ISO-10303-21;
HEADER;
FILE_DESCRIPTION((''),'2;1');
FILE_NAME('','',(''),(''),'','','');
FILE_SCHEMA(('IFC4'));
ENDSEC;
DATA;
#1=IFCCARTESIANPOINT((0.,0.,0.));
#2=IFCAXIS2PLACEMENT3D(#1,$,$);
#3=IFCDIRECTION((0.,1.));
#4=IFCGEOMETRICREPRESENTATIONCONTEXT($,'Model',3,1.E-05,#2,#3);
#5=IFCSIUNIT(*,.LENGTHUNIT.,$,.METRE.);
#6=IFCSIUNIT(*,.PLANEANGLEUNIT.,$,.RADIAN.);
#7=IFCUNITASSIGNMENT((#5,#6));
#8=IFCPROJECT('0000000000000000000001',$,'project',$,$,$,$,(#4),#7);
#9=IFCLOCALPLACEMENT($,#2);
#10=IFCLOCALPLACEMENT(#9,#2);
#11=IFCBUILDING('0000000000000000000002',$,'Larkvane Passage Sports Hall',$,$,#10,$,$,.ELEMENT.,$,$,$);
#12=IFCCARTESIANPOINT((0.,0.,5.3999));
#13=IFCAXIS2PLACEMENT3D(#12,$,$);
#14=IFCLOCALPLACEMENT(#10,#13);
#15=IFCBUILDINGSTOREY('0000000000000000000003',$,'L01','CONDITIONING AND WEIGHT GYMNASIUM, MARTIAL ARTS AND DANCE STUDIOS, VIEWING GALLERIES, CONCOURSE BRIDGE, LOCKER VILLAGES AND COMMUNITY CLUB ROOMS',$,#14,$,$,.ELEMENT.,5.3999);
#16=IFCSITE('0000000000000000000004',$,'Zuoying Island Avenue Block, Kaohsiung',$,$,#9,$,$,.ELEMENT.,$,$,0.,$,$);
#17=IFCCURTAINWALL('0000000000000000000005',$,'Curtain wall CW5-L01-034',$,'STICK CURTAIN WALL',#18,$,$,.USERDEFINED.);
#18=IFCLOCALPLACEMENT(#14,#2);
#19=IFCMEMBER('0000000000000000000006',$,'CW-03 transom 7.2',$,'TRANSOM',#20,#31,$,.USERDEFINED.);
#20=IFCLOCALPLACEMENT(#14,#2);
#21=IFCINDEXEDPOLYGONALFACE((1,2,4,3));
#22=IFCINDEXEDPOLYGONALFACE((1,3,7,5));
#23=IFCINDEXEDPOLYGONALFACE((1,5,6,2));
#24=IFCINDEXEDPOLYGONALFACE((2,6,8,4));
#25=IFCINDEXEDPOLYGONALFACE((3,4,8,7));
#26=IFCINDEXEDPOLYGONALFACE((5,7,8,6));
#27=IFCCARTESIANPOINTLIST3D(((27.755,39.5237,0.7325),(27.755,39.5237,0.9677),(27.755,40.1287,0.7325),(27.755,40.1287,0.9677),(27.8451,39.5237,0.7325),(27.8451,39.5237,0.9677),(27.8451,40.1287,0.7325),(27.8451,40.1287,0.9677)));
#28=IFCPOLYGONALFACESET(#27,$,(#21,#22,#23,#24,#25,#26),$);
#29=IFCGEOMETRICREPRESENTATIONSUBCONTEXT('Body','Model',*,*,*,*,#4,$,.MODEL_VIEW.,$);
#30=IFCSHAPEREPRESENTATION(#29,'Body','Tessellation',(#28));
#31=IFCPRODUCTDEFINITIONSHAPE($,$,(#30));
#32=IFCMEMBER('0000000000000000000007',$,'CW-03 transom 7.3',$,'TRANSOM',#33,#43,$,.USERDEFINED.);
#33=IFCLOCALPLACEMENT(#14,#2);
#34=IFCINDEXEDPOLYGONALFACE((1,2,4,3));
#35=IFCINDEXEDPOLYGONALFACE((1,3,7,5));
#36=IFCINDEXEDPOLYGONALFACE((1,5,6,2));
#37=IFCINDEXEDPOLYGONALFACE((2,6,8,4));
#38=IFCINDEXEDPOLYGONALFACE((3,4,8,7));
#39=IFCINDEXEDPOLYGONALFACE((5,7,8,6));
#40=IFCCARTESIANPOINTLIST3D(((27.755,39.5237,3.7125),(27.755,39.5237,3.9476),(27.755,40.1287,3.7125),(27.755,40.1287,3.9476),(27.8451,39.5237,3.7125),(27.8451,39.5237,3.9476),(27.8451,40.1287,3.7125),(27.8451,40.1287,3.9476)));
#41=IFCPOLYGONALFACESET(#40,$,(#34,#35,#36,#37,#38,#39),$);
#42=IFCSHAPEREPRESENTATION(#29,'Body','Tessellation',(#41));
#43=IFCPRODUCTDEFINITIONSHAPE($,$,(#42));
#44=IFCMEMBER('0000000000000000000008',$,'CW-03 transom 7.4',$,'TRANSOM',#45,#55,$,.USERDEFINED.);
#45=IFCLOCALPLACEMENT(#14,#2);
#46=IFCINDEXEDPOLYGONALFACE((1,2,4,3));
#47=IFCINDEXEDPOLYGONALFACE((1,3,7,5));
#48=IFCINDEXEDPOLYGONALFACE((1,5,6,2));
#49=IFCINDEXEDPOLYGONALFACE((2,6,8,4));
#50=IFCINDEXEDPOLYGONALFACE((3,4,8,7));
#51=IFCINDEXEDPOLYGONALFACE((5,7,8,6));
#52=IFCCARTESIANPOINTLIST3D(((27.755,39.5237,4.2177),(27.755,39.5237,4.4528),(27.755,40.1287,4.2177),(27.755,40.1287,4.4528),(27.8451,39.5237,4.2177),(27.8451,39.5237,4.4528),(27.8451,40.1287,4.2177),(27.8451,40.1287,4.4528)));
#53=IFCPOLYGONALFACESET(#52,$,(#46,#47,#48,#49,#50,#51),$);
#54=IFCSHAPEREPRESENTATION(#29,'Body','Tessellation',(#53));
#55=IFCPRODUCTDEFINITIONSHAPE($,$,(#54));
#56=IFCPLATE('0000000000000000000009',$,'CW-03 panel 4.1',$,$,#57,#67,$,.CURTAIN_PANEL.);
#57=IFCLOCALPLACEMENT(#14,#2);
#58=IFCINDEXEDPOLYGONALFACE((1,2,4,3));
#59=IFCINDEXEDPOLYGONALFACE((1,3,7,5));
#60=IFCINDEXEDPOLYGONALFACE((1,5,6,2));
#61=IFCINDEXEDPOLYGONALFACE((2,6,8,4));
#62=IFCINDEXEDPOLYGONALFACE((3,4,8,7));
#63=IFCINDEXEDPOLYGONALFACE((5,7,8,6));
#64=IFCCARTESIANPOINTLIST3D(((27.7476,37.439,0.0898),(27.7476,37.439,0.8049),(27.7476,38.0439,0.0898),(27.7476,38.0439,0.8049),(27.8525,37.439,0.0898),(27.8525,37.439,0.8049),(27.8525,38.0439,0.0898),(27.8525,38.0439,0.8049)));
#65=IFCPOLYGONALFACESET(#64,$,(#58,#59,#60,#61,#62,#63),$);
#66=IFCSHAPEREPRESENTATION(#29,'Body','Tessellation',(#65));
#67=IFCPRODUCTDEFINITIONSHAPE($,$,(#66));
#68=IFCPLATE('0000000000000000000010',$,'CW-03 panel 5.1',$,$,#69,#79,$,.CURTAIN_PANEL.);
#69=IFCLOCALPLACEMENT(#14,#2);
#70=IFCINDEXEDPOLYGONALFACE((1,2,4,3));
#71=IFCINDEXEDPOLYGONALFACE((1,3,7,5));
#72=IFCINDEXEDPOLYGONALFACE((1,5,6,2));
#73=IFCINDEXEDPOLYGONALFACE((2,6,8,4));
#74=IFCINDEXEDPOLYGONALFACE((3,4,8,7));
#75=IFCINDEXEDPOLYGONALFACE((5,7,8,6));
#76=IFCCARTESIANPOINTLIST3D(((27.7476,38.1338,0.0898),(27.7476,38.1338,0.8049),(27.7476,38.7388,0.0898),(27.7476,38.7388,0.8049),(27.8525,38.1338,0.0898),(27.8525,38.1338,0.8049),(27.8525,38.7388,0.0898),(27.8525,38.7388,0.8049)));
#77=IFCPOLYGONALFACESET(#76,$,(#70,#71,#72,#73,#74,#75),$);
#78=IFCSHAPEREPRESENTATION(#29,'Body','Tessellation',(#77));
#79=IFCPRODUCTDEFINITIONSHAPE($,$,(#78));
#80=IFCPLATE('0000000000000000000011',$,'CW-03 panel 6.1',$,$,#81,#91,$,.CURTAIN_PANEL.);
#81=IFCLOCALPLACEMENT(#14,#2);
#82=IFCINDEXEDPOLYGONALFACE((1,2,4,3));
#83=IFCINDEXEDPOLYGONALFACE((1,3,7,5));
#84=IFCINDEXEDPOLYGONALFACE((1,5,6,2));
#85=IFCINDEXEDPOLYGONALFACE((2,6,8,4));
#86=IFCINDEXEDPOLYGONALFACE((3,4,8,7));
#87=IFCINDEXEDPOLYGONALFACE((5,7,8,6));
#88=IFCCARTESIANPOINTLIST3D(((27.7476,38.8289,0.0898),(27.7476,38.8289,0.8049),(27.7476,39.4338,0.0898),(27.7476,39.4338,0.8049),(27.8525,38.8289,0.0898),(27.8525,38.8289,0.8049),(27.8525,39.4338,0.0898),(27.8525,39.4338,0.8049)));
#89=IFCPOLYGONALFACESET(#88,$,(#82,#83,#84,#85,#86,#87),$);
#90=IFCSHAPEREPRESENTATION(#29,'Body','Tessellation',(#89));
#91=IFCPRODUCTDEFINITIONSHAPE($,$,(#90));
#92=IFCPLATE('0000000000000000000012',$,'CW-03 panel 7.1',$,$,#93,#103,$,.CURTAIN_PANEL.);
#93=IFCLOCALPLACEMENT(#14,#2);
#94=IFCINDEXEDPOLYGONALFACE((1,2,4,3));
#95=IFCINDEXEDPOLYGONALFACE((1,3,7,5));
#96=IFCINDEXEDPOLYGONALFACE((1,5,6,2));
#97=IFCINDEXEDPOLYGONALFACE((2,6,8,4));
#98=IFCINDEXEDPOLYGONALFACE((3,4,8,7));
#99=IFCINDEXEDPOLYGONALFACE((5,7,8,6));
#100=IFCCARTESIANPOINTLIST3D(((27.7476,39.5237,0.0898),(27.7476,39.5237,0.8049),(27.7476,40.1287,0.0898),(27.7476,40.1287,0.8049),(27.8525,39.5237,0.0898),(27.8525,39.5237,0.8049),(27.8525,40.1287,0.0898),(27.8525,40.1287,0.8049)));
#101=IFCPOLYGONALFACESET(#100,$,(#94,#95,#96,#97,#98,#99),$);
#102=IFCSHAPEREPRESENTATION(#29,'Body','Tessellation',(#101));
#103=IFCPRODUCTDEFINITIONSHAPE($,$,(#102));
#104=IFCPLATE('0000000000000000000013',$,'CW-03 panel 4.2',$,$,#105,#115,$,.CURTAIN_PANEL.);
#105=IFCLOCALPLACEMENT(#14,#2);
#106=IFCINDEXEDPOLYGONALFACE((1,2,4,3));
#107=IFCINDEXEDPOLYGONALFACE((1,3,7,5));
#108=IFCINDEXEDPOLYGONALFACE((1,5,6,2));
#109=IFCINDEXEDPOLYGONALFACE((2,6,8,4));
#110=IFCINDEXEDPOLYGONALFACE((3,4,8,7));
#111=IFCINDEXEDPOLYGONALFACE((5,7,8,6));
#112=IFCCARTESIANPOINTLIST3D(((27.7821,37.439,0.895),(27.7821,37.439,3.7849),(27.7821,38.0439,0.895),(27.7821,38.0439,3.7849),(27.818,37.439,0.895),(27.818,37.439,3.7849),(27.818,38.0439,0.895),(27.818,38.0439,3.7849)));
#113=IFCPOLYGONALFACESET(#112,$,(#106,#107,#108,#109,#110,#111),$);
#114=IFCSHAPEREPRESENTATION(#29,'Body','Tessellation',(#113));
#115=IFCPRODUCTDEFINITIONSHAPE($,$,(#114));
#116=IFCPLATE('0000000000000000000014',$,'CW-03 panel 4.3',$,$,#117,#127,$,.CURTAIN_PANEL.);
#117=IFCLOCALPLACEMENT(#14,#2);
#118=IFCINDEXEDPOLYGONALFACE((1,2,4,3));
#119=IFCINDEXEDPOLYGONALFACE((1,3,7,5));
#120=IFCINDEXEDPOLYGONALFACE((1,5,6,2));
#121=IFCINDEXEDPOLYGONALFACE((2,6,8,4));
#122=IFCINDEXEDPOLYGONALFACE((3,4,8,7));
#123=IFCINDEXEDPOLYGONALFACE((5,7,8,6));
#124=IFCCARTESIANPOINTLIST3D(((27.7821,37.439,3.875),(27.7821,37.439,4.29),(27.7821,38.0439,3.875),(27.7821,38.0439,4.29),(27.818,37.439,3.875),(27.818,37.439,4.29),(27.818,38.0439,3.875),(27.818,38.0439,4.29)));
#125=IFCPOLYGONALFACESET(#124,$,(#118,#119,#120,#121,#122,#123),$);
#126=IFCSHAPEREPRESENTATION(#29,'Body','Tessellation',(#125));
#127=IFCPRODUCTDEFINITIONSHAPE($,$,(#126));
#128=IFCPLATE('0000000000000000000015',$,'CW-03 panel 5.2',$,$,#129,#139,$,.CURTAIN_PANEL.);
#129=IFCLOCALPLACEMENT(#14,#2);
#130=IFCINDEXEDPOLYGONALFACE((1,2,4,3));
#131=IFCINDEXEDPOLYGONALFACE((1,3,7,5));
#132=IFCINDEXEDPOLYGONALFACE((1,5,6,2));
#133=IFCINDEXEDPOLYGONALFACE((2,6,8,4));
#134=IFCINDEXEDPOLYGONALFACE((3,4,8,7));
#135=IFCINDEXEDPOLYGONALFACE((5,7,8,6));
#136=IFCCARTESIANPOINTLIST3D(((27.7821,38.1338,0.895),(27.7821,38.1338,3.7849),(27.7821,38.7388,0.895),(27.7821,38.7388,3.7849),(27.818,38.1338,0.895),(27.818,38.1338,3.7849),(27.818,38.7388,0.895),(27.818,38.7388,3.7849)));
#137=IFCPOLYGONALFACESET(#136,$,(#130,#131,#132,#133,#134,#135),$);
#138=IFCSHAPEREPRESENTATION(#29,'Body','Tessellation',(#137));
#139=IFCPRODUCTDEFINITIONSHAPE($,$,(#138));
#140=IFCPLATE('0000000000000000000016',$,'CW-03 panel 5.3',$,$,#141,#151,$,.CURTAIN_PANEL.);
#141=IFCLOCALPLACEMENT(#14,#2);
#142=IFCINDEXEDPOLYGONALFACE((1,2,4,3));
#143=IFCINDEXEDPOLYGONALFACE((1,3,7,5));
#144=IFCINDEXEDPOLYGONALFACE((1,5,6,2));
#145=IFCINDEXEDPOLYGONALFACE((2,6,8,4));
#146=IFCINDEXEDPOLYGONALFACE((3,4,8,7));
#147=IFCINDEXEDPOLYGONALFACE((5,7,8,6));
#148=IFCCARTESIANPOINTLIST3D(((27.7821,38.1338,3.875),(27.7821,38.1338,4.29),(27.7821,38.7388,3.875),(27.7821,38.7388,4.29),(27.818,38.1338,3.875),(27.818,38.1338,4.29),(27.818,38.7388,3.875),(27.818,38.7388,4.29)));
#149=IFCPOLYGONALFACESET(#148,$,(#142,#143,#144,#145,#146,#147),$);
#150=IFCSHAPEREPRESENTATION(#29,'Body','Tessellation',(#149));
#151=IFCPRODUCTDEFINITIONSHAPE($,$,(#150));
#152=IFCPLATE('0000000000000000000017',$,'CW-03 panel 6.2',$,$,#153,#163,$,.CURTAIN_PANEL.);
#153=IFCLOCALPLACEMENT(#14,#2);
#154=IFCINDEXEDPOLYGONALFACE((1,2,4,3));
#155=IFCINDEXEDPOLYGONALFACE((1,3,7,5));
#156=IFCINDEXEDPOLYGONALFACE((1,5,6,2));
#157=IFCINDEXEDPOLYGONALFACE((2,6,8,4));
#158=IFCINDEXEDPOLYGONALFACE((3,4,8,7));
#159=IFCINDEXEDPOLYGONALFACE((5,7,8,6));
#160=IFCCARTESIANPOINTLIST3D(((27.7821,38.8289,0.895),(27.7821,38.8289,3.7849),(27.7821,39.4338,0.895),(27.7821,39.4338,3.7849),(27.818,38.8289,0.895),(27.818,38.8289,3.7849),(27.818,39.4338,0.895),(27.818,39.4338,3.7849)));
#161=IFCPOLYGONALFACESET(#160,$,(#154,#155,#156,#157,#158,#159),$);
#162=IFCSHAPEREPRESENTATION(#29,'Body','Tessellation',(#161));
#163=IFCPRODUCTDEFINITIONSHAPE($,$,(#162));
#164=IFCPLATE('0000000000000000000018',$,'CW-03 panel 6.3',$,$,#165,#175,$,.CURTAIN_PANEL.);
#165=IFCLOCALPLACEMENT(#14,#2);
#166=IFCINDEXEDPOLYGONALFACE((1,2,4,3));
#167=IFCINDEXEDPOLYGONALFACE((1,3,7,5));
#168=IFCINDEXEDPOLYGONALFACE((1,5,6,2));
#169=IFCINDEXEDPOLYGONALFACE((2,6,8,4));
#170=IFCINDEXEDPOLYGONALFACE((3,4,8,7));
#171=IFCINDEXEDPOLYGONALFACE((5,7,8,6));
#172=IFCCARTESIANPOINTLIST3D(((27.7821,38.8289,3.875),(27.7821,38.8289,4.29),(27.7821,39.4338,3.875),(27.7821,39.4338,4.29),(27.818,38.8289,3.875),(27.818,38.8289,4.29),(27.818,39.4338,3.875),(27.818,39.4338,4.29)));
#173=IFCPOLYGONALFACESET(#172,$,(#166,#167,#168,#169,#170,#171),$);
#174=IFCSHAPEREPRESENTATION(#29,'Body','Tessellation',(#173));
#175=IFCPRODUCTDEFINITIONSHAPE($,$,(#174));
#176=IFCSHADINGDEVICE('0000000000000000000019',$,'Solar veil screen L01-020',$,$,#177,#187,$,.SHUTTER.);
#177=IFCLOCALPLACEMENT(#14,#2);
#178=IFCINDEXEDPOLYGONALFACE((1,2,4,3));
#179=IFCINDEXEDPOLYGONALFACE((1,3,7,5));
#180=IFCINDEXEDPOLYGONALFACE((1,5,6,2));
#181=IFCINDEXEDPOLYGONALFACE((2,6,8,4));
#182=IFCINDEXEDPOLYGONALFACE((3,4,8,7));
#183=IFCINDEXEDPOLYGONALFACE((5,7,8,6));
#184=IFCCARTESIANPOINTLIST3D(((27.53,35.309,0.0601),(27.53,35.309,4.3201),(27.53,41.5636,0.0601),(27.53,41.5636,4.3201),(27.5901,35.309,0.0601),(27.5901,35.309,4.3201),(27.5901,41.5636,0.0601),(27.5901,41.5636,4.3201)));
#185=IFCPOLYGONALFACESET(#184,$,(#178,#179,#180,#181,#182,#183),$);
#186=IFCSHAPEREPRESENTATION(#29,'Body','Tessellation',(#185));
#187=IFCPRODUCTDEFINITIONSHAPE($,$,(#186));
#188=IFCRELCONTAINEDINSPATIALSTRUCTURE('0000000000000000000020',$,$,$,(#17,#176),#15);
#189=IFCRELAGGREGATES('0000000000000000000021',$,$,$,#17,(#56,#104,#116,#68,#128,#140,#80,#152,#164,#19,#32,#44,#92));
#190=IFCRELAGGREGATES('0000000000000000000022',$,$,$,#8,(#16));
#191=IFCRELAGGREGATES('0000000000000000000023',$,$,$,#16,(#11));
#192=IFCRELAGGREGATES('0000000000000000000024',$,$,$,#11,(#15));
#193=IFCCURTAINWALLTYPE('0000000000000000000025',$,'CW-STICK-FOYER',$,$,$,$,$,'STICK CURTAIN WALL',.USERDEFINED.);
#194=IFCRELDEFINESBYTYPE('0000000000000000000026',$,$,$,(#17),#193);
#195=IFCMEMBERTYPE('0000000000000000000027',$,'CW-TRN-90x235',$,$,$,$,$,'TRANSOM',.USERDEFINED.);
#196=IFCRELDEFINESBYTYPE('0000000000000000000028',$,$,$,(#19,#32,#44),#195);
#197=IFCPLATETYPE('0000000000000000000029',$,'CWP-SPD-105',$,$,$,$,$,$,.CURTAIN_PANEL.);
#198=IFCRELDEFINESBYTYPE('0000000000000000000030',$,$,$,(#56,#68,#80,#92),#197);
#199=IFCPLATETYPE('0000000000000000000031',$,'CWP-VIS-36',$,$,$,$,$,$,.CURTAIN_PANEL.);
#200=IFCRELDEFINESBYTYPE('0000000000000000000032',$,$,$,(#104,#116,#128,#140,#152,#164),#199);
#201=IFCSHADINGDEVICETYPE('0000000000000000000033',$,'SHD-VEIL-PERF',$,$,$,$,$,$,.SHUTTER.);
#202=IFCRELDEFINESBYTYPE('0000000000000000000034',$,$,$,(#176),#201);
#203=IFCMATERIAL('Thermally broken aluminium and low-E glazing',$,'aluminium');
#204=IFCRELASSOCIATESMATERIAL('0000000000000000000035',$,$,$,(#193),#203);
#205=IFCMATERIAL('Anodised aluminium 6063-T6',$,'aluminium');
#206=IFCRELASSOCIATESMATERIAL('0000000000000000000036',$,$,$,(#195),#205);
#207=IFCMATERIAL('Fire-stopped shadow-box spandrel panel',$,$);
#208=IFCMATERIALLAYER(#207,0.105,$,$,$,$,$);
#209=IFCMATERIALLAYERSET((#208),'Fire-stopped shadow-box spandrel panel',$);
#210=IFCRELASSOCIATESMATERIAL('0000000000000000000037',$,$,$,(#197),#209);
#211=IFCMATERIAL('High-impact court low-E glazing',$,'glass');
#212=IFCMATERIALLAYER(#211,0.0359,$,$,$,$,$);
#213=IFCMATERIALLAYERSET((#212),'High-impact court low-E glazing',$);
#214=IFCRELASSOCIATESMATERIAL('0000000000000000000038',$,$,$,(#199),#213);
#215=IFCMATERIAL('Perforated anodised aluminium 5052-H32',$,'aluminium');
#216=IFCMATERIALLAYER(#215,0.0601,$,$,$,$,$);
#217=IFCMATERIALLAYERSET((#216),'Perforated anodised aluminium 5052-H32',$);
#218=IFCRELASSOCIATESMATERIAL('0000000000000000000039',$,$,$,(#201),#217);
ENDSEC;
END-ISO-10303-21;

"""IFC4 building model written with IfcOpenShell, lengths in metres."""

from ifc_helpers import new_model, si_unit, direction, frame, origin, origin_2d, place, context, subcontext, project, spatial, rectangle, extrude, material, layer, layer_set, material_profile, profile_set, type_object, element, aggregate, save


model = new_model("IFC4")

# Units and contexts
model_context = context("Model", 3, precision=1e-05, world=origin(), true_north=direction((0.0, 1.0)))
body_context = subcontext(model_context, "Body", "Model", "MODEL_VIEW")
ifc_project = project(units=[si_unit("LENGTHUNIT", "METRE"), si_unit("PLANEANGLEUNIT", "RADIAN")], contexts=[model_context])

# Site, building, storey
site_placement = place(None, origin())
site = spatial("IfcSite", under=ifc_project, at=site_placement, Name="Zuoying Island Avenue Block, Kaohsiung", CompositionType="ELEMENT", RefElevation=0.0)
building_placement = place(site_placement, origin())
building = spatial("IfcBuilding", under=site, at=building_placement, Name="Larkvane Passage Sports Hall", CompositionType="ELEMENT")
storey_placement = place(building_placement, frame((0.0, 0.0, 5.3999)))
storey = spatial("IfcBuildingStorey", under=building, at=storey_placement, Name="L01", Description="CONDITIONING AND WEIGHT GYMNASIUM, MARTIAL ARTS AND DANCE STUDIOS, VIEWING GALLERIES, CONCOURSE BRIDGE, LOCKER VILLAGES AND COMMUNITY CLUB ROOMS", CompositionType="ELEMENT", Elevation=5.3999)

# Curtain wall, members, plates
ifc_material_1 = material(Name="Thermally broken aluminium and low-E glazing", Category="aluminium")
curtain_wall_type = type_object("IfcCurtainWallType", Name="CW-STICK-FOYER", ElementType="STICK CURTAIN WALL", PredefinedType="USERDEFINED", material=ifc_material_1)
curtain_wall_placement = place(storey_placement, origin())
curtain_wall = element("IfcCurtainWall", 1, at=curtain_wall_placement, inside=storey, type_object=curtain_wall_type, Name="Curtain wall CW5-L01-034", ObjectType="STICK CURTAIN WALL", PredefinedType="USERDEFINED")
ifc_material_2 = material(Name="Anodised aluminium 6063-T6", Category="aluminium")
ifc_material_profile_1 = material_profile(ifc_material_2, rectangle(XDim=0.0901, YDim=0.2351, at=origin_2d()), Name="ALU-TRN-90x235")
ifc_profile_set_1 = profile_set([ifc_material_profile_1], Name="Anodised aluminium 6063-T6")
member_type_1 = type_object("IfcMemberType", Name="CW-TRN-90x235", ElementType="TRANSOM", PredefinedType="USERDEFINED", material=ifc_profile_set_1)
member_1_placement = place(storey_placement, frame((27.8, 39.5237, 0.8501), z_axis=(0.0, 1.0, 0.0), x_axis=(-1.0, 0.0, 0.0)))
member_1 = element("IfcMember", 2, at=member_1_placement, type_object=member_type_1, Name="CW-03 transom 7.2", ObjectType="TRANSOM", PredefinedType="USERDEFINED", context=body_context, shape_type="SweptSolid", body=[
    extrude(rectangle(XDim=0.0901, YDim=0.2351, at=origin_2d()), origin(), (0.0, 0.0, 1.0), 0.605),
])
member_2_placement = place(storey_placement, frame((27.8, 39.5237, 3.8301), z_axis=(0.0, 1.0, 0.0), x_axis=(-1.0, 0.0, 0.0)))
member_2 = element("IfcMember", 3, at=member_2_placement, type_object=member_type_1, Name="CW-03 transom 7.3", ObjectType="TRANSOM", PredefinedType="USERDEFINED", context=body_context, shape_type="SweptSolid", body=[
    extrude(rectangle(XDim=0.0901, YDim=0.2351, at=origin_2d()), origin(), (0.0, 0.0, 1.0), 0.605),
])
member_3_placement = place(storey_placement, frame((27.8, 39.5237, 4.3352), z_axis=(0.0, 1.0, 0.0), x_axis=(-1.0, 0.0, 0.0)))
member_3 = element("IfcMember", 4, at=member_3_placement, type_object=member_type_1, Name="CW-03 transom 7.4", ObjectType="TRANSOM", PredefinedType="USERDEFINED", context=body_context, shape_type="SweptSolid", body=[
    extrude(rectangle(XDim=0.0901, YDim=0.2351, at=origin_2d()), origin(), (0.0, 0.0, 1.0), 0.605),
])
ifc_material_3 = material(Name="Fire-stopped shadow-box spandrel panel")
ifc_layer_1 = layer(ifc_material_3, 0.105)
ifc_layer_set_1 = layer_set([ifc_layer_1], Name="Fire-stopped shadow-box spandrel panel")
plate_type_1 = type_object("IfcPlateType", Name="CWP-SPD-105", PredefinedType="CURTAIN_PANEL", material=ifc_layer_set_1)
plate_1_placement = place(storey_placement, frame((27.8, 37.7415, 0.0898), z_axis=(0.0, 0.0, 1.0), x_axis=(0.0, 1.0, 0.0)))
plate_1 = element("IfcPlate", 5, at=plate_1_placement, type_object=plate_type_1, Name="CW-03 panel 4.1", PredefinedType="CURTAIN_PANEL", context=body_context, shape_type="SweptSolid", body=[
    extrude(rectangle(XDim=0.605, YDim=0.105, at=origin_2d()), origin(), (0.0, 0.0, 1.0), 0.7151),
])
plate_2_placement = place(storey_placement, frame((27.8, 38.4363, 0.0898), z_axis=(0.0, 0.0, 1.0), x_axis=(0.0, 1.0, 0.0)))
plate_2 = element("IfcPlate", 6, at=plate_2_placement, type_object=plate_type_1, Name="CW-03 panel 5.1", PredefinedType="CURTAIN_PANEL", context=body_context, shape_type="SweptSolid", body=[
    extrude(rectangle(XDim=0.605, YDim=0.105, at=origin_2d()), origin(), (0.0, 0.0, 1.0), 0.7151),
])
plate_3_placement = place(storey_placement, frame((27.8, 39.1313, 0.0898), z_axis=(0.0, 0.0, 1.0), x_axis=(0.0, 1.0, 0.0)))
plate_3 = element("IfcPlate", 7, at=plate_3_placement, type_object=plate_type_1, Name="CW-03 panel 6.1", PredefinedType="CURTAIN_PANEL", context=body_context, shape_type="SweptSolid", body=[
    extrude(rectangle(XDim=0.605, YDim=0.105, at=origin_2d()), origin(), (0.0, 0.0, 1.0), 0.7151),
])
plate_4_placement = place(storey_placement, frame((27.8, 39.8262, 0.0898), z_axis=(0.0, 0.0, 1.0), x_axis=(0.0, 1.0, 0.0)))
plate_4 = element("IfcPlate", 8, at=plate_4_placement, type_object=plate_type_1, Name="CW-03 panel 7.1", PredefinedType="CURTAIN_PANEL", context=body_context, shape_type="SweptSolid", body=[
    extrude(rectangle(XDim=0.605, YDim=0.105, at=origin_2d()), origin(), (0.0, 0.0, 1.0), 0.7151),
])
ifc_material_4 = material(Name="High-impact court low-E glazing", Category="glass")
ifc_layer_2 = layer(ifc_material_4, 0.0359)
ifc_layer_set_2 = layer_set([ifc_layer_2], Name="High-impact court low-E glazing")
plate_type_2 = type_object("IfcPlateType", Name="CWP-VIS-36", PredefinedType="CURTAIN_PANEL", material=ifc_layer_set_2)
plate_5_placement = place(storey_placement, frame((27.8, 37.7415, 0.895), z_axis=(0.0, 0.0, 1.0), x_axis=(0.0, 1.0, 0.0)))
plate_5 = element("IfcPlate", 9, at=plate_5_placement, type_object=plate_type_2, Name="CW-03 panel 4.2", PredefinedType="CURTAIN_PANEL", context=body_context, shape_type="SweptSolid", body=[
    extrude(rectangle(XDim=0.605, YDim=0.0359, at=origin_2d()), origin(), (0.0, 0.0, 1.0), 2.8899),
])
plate_6_placement = place(storey_placement, frame((27.8, 37.7415, 3.875), z_axis=(0.0, 0.0, 1.0), x_axis=(0.0, 1.0, 0.0)))
plate_6 = element("IfcPlate", 10, at=plate_6_placement, type_object=plate_type_2, Name="CW-03 panel 4.3", PredefinedType="CURTAIN_PANEL", context=body_context, shape_type="SweptSolid", body=[
    extrude(rectangle(XDim=0.605, YDim=0.0359, at=origin_2d()), origin(), (0.0, 0.0, 1.0), 0.415),
])
plate_7_placement = place(storey_placement, frame((27.8, 38.4363, 0.895), z_axis=(0.0, 0.0, 1.0), x_axis=(0.0, 1.0, 0.0)))
plate_7 = element("IfcPlate", 11, at=plate_7_placement, type_object=plate_type_2, Name="CW-03 panel 5.2", PredefinedType="CURTAIN_PANEL", context=body_context, shape_type="SweptSolid", body=[
    extrude(rectangle(XDim=0.605, YDim=0.0359, at=origin_2d()), origin(), (0.0, 0.0, 1.0), 2.8899),
])
plate_8_placement = place(storey_placement, frame((27.8, 38.4363, 3.875), z_axis=(0.0, 0.0, 1.0), x_axis=(0.0, 1.0, 0.0)))
plate_8 = element("IfcPlate", 12, at=plate_8_placement, type_object=plate_type_2, Name="CW-03 panel 5.3", PredefinedType="CURTAIN_PANEL", context=body_context, shape_type="SweptSolid", body=[
    extrude(rectangle(XDim=0.605, YDim=0.0359, at=origin_2d()), origin(), (0.0, 0.0, 1.0), 0.415),
])
plate_9_placement = place(storey_placement, frame((27.8, 39.1313, 0.895), z_axis=(0.0, 0.0, 1.0), x_axis=(0.0, 1.0, 0.0)))
plate_9 = element("IfcPlate", 13, at=plate_9_placement, type_object=plate_type_2, Name="CW-03 panel 6.2", PredefinedType="CURTAIN_PANEL", context=body_context, shape_type="SweptSolid", body=[
    extrude(rectangle(XDim=0.605, YDim=0.0359, at=origin_2d()), origin(), (0.0, 0.0, 1.0), 2.8899),
])
plate_10_placement = place(storey_placement, frame((27.8, 39.1313, 3.875), z_axis=(0.0, 0.0, 1.0), x_axis=(0.0, 1.0, 0.0)))
plate_10 = element("IfcPlate", 14, at=plate_10_placement, type_object=plate_type_2, Name="CW-03 panel 6.3", PredefinedType="CURTAIN_PANEL", context=body_context, shape_type="SweptSolid", body=[
    extrude(rectangle(XDim=0.605, YDim=0.0359, at=origin_2d()), origin(), (0.0, 0.0, 1.0), 0.415),
])
aggregate(curtain_wall, [plate_1, plate_5, plate_6, plate_2, plate_7, plate_8, plate_3, plate_9, plate_10, member_1, member_2, member_3, plate_4])

# Shading device
ifc_material_5 = material(Name="Perforated anodised aluminium 5052-H32", Category="aluminium")
ifc_layer_3 = layer(ifc_material_5, 0.0601)
ifc_layer_set_3 = layer_set([ifc_layer_3], Name="Perforated anodised aluminium 5052-H32")
shading_device_type = type_object("IfcShadingDeviceType", Name="SHD-VEIL-PERF", PredefinedType="SHUTTER", material=ifc_layer_set_3)
shading_device_placement = place(storey_placement, frame((27.5601, 38.4363, 0.0601), z_axis=(0.0, 0.0, 1.0), x_axis=(0.0, 1.0, 0.0)))
element("IfcShadingDevice", 15, at=shading_device_placement, inside=storey, type_object=shading_device_type, Name="Solar veil screen L01-020", PredefinedType="SHUTTER", context=body_context, shape_type="SweptSolid", body=[
    extrude(rectangle(XDim=6.2546, YDim=0.0601, at=origin_2d()), origin(), (0.0, 0.0, 1.0), 4.26),
])

save(model, "model.ifc")
